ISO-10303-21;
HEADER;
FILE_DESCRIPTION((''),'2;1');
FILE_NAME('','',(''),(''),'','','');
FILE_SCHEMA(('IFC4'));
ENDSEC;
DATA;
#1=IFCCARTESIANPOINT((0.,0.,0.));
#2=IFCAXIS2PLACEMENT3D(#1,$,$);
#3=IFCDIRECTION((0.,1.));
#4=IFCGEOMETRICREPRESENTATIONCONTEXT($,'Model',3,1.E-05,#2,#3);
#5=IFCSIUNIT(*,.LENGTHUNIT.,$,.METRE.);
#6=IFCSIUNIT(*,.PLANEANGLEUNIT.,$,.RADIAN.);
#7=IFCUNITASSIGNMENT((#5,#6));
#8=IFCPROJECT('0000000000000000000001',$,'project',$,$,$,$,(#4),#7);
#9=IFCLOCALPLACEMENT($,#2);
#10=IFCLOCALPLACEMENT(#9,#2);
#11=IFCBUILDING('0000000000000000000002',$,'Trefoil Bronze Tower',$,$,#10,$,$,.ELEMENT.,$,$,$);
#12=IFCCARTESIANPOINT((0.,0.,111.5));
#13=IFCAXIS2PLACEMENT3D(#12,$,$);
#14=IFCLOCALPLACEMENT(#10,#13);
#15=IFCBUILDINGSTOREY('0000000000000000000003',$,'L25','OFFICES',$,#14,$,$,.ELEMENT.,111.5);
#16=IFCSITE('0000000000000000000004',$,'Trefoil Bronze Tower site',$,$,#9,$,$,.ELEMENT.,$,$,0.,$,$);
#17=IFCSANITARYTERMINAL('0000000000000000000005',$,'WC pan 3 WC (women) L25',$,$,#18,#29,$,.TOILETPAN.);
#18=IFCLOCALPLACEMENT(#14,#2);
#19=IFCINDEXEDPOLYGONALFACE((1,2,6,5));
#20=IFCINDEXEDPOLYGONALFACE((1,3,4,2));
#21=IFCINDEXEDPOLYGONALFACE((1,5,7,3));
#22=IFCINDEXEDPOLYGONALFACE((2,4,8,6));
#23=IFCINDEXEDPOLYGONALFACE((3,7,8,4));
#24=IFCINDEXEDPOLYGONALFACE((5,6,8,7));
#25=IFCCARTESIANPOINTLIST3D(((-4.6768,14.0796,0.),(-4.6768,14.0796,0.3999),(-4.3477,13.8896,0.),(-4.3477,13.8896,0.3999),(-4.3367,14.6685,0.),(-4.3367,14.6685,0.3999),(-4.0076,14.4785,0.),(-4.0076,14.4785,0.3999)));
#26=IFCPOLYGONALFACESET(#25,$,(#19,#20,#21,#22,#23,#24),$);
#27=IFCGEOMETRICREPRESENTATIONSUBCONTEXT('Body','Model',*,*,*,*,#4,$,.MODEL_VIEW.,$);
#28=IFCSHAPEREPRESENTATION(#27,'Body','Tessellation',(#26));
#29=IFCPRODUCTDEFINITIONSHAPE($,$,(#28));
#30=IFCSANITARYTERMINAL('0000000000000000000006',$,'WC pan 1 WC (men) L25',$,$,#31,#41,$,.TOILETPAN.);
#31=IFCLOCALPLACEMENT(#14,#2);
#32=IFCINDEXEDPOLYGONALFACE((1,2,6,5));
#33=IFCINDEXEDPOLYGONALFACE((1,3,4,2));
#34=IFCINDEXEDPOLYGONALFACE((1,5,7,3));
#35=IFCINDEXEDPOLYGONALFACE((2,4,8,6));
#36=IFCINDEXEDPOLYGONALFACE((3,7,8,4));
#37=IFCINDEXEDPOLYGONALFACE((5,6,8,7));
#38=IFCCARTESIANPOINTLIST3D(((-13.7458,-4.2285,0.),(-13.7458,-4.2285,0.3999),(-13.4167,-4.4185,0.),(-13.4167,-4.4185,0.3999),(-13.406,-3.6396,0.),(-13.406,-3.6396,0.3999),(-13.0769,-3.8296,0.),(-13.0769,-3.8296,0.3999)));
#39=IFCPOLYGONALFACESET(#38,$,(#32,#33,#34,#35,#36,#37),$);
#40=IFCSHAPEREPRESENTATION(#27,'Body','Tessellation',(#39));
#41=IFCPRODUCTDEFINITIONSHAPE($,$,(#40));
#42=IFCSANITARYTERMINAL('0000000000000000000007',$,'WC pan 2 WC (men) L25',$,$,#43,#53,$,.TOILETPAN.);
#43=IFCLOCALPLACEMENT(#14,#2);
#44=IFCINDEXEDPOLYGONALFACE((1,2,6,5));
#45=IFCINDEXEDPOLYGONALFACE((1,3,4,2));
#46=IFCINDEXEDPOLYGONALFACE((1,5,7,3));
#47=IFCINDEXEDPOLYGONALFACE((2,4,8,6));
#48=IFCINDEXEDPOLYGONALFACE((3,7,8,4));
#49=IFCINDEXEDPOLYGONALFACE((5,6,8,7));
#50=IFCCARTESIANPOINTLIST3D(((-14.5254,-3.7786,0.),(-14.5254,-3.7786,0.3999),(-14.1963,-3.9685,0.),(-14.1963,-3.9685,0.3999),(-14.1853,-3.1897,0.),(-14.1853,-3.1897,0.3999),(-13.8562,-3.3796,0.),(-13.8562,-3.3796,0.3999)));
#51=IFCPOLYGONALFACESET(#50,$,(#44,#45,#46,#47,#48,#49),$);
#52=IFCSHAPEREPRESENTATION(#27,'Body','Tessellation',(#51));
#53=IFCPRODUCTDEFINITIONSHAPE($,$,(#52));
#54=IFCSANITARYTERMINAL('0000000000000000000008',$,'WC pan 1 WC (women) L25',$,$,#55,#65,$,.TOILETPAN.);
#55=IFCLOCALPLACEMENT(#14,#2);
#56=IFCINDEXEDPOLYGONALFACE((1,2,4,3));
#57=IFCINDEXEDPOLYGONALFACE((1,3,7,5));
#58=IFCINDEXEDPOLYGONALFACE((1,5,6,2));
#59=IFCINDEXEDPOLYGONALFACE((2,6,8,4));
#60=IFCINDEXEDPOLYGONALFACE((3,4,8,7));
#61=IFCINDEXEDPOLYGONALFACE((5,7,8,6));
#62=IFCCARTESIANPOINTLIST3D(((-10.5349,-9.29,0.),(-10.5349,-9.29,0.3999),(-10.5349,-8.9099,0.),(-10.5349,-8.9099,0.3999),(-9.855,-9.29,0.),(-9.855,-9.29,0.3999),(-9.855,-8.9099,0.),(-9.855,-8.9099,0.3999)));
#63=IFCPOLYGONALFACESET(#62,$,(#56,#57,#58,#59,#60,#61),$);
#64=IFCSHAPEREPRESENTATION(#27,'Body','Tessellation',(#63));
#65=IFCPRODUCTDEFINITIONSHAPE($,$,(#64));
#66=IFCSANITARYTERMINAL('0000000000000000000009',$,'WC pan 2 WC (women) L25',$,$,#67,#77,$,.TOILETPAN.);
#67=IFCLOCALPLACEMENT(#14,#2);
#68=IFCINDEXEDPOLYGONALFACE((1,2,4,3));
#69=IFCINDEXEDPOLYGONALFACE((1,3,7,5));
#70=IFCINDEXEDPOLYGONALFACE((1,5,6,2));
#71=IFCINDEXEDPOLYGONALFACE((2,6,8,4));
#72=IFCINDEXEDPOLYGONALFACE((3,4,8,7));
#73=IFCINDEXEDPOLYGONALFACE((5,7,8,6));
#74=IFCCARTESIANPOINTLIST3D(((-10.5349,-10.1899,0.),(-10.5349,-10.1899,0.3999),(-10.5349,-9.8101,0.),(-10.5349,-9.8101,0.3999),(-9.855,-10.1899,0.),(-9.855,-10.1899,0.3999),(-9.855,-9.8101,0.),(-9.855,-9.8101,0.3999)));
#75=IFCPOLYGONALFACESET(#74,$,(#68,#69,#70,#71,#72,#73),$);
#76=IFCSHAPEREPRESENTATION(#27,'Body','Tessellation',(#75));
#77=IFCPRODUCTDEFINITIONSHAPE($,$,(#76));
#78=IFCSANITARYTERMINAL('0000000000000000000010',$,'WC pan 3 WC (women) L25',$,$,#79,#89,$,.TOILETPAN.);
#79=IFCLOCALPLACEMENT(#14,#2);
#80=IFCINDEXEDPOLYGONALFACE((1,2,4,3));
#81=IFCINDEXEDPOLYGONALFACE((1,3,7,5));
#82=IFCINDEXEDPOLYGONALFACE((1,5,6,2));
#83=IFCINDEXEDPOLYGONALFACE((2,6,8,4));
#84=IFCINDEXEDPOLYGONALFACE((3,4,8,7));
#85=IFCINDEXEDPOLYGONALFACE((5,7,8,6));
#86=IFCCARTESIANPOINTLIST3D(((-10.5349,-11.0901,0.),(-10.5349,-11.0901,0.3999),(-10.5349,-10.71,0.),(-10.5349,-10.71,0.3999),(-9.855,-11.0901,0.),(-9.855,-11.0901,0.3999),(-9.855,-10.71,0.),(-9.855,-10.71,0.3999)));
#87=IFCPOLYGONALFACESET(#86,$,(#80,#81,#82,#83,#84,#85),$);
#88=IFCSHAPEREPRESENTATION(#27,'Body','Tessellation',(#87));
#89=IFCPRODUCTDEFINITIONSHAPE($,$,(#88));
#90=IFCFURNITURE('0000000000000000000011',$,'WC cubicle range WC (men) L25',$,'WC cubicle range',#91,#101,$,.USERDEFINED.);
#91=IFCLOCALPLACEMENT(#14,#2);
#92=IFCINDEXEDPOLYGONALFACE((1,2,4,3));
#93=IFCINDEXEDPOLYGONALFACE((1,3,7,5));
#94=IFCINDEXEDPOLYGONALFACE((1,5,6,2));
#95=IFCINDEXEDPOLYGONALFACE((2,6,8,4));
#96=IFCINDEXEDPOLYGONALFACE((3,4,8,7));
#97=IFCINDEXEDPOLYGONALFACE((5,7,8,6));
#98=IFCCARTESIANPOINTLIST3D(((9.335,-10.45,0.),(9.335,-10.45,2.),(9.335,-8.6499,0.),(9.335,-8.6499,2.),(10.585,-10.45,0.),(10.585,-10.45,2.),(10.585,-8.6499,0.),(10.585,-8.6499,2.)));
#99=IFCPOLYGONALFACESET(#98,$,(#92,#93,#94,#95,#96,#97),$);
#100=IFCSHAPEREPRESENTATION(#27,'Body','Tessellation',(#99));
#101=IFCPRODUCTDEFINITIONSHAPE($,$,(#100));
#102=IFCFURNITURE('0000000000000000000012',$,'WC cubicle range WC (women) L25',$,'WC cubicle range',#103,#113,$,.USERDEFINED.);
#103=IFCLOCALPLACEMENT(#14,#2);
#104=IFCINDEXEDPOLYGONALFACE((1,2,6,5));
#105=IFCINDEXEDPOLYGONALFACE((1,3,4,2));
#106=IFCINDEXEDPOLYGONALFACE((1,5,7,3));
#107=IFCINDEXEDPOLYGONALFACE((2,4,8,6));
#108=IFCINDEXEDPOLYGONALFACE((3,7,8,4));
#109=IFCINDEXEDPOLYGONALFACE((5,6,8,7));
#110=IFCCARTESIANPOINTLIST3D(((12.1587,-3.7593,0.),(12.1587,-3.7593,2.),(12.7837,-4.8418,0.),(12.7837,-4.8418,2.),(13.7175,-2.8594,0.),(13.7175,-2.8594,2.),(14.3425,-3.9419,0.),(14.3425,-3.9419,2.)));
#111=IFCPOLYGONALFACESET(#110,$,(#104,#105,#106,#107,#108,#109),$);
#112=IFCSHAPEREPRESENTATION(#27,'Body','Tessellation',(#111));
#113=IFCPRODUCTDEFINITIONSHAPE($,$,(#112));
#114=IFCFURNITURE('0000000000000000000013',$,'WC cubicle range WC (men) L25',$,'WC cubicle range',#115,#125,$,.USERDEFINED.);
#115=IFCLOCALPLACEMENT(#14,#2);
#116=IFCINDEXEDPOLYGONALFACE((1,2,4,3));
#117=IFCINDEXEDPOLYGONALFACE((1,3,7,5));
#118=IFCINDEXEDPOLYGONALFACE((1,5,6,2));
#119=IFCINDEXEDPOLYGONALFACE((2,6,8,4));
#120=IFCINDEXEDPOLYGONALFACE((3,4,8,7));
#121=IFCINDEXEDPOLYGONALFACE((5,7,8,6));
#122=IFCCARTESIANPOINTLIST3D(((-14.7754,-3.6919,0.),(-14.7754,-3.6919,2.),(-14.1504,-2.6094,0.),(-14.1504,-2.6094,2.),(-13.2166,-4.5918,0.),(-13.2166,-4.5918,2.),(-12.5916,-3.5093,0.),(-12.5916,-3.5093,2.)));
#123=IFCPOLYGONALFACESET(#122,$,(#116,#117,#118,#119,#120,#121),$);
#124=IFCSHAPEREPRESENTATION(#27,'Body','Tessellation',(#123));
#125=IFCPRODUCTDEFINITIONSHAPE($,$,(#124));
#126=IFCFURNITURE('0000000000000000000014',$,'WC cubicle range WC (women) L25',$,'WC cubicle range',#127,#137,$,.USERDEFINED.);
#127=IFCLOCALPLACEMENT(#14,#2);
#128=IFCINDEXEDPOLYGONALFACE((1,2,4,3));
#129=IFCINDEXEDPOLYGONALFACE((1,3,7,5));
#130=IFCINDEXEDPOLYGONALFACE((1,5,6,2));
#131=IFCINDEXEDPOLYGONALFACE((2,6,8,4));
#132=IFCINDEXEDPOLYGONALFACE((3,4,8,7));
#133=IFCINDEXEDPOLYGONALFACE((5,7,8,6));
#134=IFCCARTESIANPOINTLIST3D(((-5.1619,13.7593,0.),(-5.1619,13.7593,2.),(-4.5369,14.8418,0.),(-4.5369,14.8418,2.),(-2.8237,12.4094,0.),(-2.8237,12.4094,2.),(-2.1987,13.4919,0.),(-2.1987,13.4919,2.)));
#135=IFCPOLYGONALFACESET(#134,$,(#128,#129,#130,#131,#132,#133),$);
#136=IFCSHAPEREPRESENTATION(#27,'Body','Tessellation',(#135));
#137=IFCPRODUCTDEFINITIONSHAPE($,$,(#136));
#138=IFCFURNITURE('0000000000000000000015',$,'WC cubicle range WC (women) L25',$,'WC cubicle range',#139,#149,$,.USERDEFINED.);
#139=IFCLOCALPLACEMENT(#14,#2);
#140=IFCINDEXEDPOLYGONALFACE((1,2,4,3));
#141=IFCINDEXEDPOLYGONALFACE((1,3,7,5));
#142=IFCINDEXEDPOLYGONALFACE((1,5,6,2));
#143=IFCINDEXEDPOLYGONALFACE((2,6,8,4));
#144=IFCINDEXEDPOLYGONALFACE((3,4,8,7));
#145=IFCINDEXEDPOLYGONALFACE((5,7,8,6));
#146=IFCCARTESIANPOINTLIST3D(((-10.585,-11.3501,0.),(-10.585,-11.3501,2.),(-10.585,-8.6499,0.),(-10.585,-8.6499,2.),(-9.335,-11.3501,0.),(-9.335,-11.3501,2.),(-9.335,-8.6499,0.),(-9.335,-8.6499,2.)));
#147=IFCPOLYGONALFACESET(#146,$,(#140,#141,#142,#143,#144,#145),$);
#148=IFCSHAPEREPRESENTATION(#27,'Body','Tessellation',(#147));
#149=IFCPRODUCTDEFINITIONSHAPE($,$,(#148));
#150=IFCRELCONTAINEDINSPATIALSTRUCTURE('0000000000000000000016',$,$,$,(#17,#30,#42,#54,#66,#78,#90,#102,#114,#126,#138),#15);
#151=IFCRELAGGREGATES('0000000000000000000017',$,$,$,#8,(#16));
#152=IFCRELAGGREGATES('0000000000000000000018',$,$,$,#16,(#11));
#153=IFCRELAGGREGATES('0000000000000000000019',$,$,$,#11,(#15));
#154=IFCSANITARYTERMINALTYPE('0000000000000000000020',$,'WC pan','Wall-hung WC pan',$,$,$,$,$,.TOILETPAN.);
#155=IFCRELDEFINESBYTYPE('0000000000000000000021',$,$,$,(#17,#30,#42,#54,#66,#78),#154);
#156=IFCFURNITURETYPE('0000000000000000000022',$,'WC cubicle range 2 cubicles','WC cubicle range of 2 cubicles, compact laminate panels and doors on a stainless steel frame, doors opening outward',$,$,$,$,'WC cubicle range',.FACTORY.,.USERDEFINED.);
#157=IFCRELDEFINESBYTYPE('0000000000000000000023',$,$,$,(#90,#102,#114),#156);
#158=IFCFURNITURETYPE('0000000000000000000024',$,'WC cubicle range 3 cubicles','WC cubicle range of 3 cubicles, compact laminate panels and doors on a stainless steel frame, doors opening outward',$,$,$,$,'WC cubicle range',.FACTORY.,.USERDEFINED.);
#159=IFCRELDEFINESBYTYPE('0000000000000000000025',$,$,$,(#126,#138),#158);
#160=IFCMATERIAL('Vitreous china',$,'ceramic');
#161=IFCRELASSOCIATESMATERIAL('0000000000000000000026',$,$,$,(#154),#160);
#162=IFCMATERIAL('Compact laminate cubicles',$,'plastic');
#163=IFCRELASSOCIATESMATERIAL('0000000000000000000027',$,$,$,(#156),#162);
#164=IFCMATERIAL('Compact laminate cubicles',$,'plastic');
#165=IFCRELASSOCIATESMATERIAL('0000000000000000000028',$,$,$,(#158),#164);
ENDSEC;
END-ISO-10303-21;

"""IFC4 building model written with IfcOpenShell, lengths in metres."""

from ifc_helpers import new_model, si_unit, direction, frame, origin, place, context, subcontext, project, spatial, polyline, outline, extrude, material, type_object, element, save


model = new_model("IFC4")

# Units and contexts
model_context = context("Model", 3, precision=1e-05, world=origin(), true_north=direction((0.0, 1.0)))
body_context = subcontext(model_context, "Body", "Model", "MODEL_VIEW")
ifc_project = project(units=[si_unit("LENGTHUNIT", "METRE"), si_unit("PLANEANGLEUNIT", "RADIAN")], contexts=[model_context])

# Site, building, storey
site_placement = place(None, origin())
site = spatial("IfcSite", under=ifc_project, at=site_placement, Name="Trefoil Bronze Tower site", CompositionType="ELEMENT", RefElevation=0.0)
building_placement = place(site_placement, origin())
building = spatial("IfcBuilding", under=site, at=building_placement, Name="Trefoil Bronze Tower", CompositionType="ELEMENT")
storey_placement = place(building_placement, frame((0.0, 0.0, 111.5)))
storey = spatial("IfcBuildingStorey", under=building, at=storey_placement, Name="L25", Description="OFFICES", CompositionType="ELEMENT", Elevation=111.5)

# Sanitary terminals
ifc_material_1 = material(Name="Vitreous china", Category="ceramic")
sanitary_terminal_type_1 = type_object("IfcSanitaryTerminalType", Name="WC pan", Description="Wall-hung WC pan", PredefinedType="TOILETPAN", material=ifc_material_1)
sanitary_terminal_1_placement = place(storey_placement, origin())
element("IfcSanitaryTerminal", 1, at=sanitary_terminal_1_placement, inside=storey, type_object=sanitary_terminal_type_1, Name="WC pan 3 WC (women) L25", PredefinedType="TOILETPAN", context=body_context, shape_type="SweptSolid", body=[
    extrude(outline(polyline([(-4.3477, 13.8896), (-4.0076, 14.4785), (-4.3367, 14.6685), (-4.6768, 14.0796), (-4.3477, 13.8896)])), origin(), (0.0, 0.0, 1.0), 0.3999),
])
sanitary_terminal_2_placement = place(storey_placement, origin())
element("IfcSanitaryTerminal", 2, at=sanitary_terminal_2_placement, inside=storey, type_object=sanitary_terminal_type_1, Name="WC pan 1 WC (men) L25", PredefinedType="TOILETPAN", context=body_context, shape_type="SweptSolid", body=[
    extrude(outline(polyline([(-13.0769, -3.8296), (-13.4167, -4.4185), (-13.7458, -4.2285), (-13.406, -3.6396), (-13.0769, -3.8296)])), origin(), (0.0, 0.0, 1.0), 0.3999),
])
sanitary_terminal_3_placement = place(storey_placement, origin())
element("IfcSanitaryTerminal", 3, at=sanitary_terminal_3_placement, inside=storey, type_object=sanitary_terminal_type_1, Name="WC pan 2 WC (men) L25", PredefinedType="TOILETPAN", context=body_context, shape_type="SweptSolid", body=[
    extrude(outline(polyline([(-13.8562, -3.3796), (-14.1963, -3.9685), (-14.5254, -3.7786), (-14.1853, -3.1897), (-13.8562, -3.3796)])), origin(), (0.0, 0.0, 1.0), 0.3999),
])
sanitary_terminal_4_placement = place(storey_placement, origin())
element("IfcSanitaryTerminal", 4, at=sanitary_terminal_4_placement, inside=storey, type_object=sanitary_terminal_type_1, Name="WC pan 1 WC (women) L25", PredefinedType="TOILETPAN", context=body_context, shape_type="SweptSolid", body=[
    extrude(outline(polyline([(-9.855, -8.9099), (-10.5349, -8.9099), (-10.5349, -9.29), (-9.855, -9.29), (-9.855, -8.9099)])), origin(), (0.0, 0.0, 1.0), 0.3999),
])
sanitary_terminal_5_placement = place(storey_placement, origin())
element("IfcSanitaryTerminal", 5, at=sanitary_terminal_5_placement, inside=storey, type_object=sanitary_terminal_type_1, Name="WC pan 2 WC (women) L25", PredefinedType="TOILETPAN", context=body_context, shape_type="SweptSolid", body=[
    extrude(outline(polyline([(-9.855, -9.8101), (-10.5349, -9.8101), (-10.5349, -10.1899), (-9.855, -10.1899), (-9.855, -9.8101)])), origin(), (0.0, 0.0, 1.0), 0.3999),
])
sanitary_terminal_6_placement = place(storey_placement, origin())
element("IfcSanitaryTerminal", 6, at=sanitary_terminal_6_placement, inside=storey, type_object=sanitary_terminal_type_1, Name="WC pan 3 WC (women) L25", PredefinedType="TOILETPAN", context=body_context, shape_type="SweptSolid", body=[
    extrude(outline(polyline([(-9.855, -10.71), (-10.5349, -10.71), (-10.5349, -11.0901), (-9.855, -11.0901), (-9.855, -10.71)])), origin(), (0.0, 0.0, 1.0), 0.3999),
])

# Furniture
ifc_material_2 = material(Name="Compact laminate cubicles", Category="plastic")
furniture_type_1 = type_object("IfcFurnitureType", Name="WC cubicle range 2 cubicles", Description="WC cubicle range of 2 cubicles, compact laminate panels and doors on a stainless steel frame, doors opening outward", ElementType="WC cubicle range", AssemblyPlace="FACTORY", PredefinedType="USERDEFINED", material=ifc_material_2)
furniture_1_placement = place(storey_placement, origin())
element("IfcFurniture", 7, at=furniture_1_placement, inside=storey, type_object=furniture_type_1, Name="WC cubicle range WC (men) L25", ObjectType="WC cubicle range", PredefinedType="USERDEFINED", context=body_context, shape_type="SweptSolid", body=[
    extrude(outline(polyline([(9.335, -8.6499), (10.585, -8.6499), (10.585, -10.45), (9.335, -10.45), (9.335, -8.6499)])), origin(), (0.0, 0.0, 1.0), 2.0),
])
furniture_2_placement = place(storey_placement, origin())
element("IfcFurniture", 8, at=furniture_2_placement, inside=storey, type_object=furniture_type_1, Name="WC cubicle range WC (women) L25", ObjectType="WC cubicle range", PredefinedType="USERDEFINED", context=body_context, shape_type="SweptSolid", body=[
    extrude(outline(polyline([(12.1587, -3.7593), (12.7837, -4.8418), (14.3425, -3.9419), (13.7175, -2.8594), (12.1587, -3.7593)])), origin(), (0.0, 0.0, 1.0), 2.0),
])
furniture_3_placement = place(storey_placement, origin())
element("IfcFurniture", 9, at=furniture_3_placement, inside=storey, type_object=furniture_type_1, Name="WC cubicle range WC (men) L25", ObjectType="WC cubicle range", PredefinedType="USERDEFINED", context=body_context, shape_type="SweptSolid", body=[
    extrude(outline(polyline([(-12.5916, -3.5093), (-13.2166, -4.5918), (-14.7754, -3.6919), (-14.1504, -2.6094), (-12.5916, -3.5093)])), origin(), (0.0, 0.0, 1.0), 2.0),
])
ifc_material_3 = material(Name="Compact laminate cubicles", Category="plastic")
furniture_type_2 = type_object("IfcFurnitureType", Name="WC cubicle range 3 cubicles", Description="WC cubicle range of 3 cubicles, compact laminate panels and doors on a stainless steel frame, doors opening outward", ElementType="WC cubicle range", AssemblyPlace="FACTORY", PredefinedType="USERDEFINED", material=ifc_material_3)
furniture_4_placement = place(storey_placement, origin())
element("IfcFurniture", 10, at=furniture_4_placement, inside=storey, type_object=furniture_type_2, Name="WC cubicle range WC (women) L25", ObjectType="WC cubicle range", PredefinedType="USERDEFINED", context=body_context, shape_type="SweptSolid", body=[
    extrude(outline(polyline([(-2.8237, 12.4094), (-2.1987, 13.4919), (-4.5369, 14.8418), (-5.1619, 13.7593), (-2.8237, 12.4094)])), origin(), (0.0, 0.0, 1.0), 2.0),
])
furniture_5_placement = place(storey_placement, origin())
element("IfcFurniture", 11, at=furniture_5_placement, inside=storey, type_object=furniture_type_2, Name="WC cubicle range WC (women) L25", ObjectType="WC cubicle range", PredefinedType="USERDEFINED", context=body_context, shape_type="SweptSolid", body=[
    extrude(outline(polyline([(-9.335, -8.6499), (-10.585, -8.6499), (-10.585, -11.3501), (-9.335, -11.3501), (-9.335, -8.6499)])), origin(), (0.0, 0.0, 1.0), 2.0),
])

save(model, "model.ifc")
